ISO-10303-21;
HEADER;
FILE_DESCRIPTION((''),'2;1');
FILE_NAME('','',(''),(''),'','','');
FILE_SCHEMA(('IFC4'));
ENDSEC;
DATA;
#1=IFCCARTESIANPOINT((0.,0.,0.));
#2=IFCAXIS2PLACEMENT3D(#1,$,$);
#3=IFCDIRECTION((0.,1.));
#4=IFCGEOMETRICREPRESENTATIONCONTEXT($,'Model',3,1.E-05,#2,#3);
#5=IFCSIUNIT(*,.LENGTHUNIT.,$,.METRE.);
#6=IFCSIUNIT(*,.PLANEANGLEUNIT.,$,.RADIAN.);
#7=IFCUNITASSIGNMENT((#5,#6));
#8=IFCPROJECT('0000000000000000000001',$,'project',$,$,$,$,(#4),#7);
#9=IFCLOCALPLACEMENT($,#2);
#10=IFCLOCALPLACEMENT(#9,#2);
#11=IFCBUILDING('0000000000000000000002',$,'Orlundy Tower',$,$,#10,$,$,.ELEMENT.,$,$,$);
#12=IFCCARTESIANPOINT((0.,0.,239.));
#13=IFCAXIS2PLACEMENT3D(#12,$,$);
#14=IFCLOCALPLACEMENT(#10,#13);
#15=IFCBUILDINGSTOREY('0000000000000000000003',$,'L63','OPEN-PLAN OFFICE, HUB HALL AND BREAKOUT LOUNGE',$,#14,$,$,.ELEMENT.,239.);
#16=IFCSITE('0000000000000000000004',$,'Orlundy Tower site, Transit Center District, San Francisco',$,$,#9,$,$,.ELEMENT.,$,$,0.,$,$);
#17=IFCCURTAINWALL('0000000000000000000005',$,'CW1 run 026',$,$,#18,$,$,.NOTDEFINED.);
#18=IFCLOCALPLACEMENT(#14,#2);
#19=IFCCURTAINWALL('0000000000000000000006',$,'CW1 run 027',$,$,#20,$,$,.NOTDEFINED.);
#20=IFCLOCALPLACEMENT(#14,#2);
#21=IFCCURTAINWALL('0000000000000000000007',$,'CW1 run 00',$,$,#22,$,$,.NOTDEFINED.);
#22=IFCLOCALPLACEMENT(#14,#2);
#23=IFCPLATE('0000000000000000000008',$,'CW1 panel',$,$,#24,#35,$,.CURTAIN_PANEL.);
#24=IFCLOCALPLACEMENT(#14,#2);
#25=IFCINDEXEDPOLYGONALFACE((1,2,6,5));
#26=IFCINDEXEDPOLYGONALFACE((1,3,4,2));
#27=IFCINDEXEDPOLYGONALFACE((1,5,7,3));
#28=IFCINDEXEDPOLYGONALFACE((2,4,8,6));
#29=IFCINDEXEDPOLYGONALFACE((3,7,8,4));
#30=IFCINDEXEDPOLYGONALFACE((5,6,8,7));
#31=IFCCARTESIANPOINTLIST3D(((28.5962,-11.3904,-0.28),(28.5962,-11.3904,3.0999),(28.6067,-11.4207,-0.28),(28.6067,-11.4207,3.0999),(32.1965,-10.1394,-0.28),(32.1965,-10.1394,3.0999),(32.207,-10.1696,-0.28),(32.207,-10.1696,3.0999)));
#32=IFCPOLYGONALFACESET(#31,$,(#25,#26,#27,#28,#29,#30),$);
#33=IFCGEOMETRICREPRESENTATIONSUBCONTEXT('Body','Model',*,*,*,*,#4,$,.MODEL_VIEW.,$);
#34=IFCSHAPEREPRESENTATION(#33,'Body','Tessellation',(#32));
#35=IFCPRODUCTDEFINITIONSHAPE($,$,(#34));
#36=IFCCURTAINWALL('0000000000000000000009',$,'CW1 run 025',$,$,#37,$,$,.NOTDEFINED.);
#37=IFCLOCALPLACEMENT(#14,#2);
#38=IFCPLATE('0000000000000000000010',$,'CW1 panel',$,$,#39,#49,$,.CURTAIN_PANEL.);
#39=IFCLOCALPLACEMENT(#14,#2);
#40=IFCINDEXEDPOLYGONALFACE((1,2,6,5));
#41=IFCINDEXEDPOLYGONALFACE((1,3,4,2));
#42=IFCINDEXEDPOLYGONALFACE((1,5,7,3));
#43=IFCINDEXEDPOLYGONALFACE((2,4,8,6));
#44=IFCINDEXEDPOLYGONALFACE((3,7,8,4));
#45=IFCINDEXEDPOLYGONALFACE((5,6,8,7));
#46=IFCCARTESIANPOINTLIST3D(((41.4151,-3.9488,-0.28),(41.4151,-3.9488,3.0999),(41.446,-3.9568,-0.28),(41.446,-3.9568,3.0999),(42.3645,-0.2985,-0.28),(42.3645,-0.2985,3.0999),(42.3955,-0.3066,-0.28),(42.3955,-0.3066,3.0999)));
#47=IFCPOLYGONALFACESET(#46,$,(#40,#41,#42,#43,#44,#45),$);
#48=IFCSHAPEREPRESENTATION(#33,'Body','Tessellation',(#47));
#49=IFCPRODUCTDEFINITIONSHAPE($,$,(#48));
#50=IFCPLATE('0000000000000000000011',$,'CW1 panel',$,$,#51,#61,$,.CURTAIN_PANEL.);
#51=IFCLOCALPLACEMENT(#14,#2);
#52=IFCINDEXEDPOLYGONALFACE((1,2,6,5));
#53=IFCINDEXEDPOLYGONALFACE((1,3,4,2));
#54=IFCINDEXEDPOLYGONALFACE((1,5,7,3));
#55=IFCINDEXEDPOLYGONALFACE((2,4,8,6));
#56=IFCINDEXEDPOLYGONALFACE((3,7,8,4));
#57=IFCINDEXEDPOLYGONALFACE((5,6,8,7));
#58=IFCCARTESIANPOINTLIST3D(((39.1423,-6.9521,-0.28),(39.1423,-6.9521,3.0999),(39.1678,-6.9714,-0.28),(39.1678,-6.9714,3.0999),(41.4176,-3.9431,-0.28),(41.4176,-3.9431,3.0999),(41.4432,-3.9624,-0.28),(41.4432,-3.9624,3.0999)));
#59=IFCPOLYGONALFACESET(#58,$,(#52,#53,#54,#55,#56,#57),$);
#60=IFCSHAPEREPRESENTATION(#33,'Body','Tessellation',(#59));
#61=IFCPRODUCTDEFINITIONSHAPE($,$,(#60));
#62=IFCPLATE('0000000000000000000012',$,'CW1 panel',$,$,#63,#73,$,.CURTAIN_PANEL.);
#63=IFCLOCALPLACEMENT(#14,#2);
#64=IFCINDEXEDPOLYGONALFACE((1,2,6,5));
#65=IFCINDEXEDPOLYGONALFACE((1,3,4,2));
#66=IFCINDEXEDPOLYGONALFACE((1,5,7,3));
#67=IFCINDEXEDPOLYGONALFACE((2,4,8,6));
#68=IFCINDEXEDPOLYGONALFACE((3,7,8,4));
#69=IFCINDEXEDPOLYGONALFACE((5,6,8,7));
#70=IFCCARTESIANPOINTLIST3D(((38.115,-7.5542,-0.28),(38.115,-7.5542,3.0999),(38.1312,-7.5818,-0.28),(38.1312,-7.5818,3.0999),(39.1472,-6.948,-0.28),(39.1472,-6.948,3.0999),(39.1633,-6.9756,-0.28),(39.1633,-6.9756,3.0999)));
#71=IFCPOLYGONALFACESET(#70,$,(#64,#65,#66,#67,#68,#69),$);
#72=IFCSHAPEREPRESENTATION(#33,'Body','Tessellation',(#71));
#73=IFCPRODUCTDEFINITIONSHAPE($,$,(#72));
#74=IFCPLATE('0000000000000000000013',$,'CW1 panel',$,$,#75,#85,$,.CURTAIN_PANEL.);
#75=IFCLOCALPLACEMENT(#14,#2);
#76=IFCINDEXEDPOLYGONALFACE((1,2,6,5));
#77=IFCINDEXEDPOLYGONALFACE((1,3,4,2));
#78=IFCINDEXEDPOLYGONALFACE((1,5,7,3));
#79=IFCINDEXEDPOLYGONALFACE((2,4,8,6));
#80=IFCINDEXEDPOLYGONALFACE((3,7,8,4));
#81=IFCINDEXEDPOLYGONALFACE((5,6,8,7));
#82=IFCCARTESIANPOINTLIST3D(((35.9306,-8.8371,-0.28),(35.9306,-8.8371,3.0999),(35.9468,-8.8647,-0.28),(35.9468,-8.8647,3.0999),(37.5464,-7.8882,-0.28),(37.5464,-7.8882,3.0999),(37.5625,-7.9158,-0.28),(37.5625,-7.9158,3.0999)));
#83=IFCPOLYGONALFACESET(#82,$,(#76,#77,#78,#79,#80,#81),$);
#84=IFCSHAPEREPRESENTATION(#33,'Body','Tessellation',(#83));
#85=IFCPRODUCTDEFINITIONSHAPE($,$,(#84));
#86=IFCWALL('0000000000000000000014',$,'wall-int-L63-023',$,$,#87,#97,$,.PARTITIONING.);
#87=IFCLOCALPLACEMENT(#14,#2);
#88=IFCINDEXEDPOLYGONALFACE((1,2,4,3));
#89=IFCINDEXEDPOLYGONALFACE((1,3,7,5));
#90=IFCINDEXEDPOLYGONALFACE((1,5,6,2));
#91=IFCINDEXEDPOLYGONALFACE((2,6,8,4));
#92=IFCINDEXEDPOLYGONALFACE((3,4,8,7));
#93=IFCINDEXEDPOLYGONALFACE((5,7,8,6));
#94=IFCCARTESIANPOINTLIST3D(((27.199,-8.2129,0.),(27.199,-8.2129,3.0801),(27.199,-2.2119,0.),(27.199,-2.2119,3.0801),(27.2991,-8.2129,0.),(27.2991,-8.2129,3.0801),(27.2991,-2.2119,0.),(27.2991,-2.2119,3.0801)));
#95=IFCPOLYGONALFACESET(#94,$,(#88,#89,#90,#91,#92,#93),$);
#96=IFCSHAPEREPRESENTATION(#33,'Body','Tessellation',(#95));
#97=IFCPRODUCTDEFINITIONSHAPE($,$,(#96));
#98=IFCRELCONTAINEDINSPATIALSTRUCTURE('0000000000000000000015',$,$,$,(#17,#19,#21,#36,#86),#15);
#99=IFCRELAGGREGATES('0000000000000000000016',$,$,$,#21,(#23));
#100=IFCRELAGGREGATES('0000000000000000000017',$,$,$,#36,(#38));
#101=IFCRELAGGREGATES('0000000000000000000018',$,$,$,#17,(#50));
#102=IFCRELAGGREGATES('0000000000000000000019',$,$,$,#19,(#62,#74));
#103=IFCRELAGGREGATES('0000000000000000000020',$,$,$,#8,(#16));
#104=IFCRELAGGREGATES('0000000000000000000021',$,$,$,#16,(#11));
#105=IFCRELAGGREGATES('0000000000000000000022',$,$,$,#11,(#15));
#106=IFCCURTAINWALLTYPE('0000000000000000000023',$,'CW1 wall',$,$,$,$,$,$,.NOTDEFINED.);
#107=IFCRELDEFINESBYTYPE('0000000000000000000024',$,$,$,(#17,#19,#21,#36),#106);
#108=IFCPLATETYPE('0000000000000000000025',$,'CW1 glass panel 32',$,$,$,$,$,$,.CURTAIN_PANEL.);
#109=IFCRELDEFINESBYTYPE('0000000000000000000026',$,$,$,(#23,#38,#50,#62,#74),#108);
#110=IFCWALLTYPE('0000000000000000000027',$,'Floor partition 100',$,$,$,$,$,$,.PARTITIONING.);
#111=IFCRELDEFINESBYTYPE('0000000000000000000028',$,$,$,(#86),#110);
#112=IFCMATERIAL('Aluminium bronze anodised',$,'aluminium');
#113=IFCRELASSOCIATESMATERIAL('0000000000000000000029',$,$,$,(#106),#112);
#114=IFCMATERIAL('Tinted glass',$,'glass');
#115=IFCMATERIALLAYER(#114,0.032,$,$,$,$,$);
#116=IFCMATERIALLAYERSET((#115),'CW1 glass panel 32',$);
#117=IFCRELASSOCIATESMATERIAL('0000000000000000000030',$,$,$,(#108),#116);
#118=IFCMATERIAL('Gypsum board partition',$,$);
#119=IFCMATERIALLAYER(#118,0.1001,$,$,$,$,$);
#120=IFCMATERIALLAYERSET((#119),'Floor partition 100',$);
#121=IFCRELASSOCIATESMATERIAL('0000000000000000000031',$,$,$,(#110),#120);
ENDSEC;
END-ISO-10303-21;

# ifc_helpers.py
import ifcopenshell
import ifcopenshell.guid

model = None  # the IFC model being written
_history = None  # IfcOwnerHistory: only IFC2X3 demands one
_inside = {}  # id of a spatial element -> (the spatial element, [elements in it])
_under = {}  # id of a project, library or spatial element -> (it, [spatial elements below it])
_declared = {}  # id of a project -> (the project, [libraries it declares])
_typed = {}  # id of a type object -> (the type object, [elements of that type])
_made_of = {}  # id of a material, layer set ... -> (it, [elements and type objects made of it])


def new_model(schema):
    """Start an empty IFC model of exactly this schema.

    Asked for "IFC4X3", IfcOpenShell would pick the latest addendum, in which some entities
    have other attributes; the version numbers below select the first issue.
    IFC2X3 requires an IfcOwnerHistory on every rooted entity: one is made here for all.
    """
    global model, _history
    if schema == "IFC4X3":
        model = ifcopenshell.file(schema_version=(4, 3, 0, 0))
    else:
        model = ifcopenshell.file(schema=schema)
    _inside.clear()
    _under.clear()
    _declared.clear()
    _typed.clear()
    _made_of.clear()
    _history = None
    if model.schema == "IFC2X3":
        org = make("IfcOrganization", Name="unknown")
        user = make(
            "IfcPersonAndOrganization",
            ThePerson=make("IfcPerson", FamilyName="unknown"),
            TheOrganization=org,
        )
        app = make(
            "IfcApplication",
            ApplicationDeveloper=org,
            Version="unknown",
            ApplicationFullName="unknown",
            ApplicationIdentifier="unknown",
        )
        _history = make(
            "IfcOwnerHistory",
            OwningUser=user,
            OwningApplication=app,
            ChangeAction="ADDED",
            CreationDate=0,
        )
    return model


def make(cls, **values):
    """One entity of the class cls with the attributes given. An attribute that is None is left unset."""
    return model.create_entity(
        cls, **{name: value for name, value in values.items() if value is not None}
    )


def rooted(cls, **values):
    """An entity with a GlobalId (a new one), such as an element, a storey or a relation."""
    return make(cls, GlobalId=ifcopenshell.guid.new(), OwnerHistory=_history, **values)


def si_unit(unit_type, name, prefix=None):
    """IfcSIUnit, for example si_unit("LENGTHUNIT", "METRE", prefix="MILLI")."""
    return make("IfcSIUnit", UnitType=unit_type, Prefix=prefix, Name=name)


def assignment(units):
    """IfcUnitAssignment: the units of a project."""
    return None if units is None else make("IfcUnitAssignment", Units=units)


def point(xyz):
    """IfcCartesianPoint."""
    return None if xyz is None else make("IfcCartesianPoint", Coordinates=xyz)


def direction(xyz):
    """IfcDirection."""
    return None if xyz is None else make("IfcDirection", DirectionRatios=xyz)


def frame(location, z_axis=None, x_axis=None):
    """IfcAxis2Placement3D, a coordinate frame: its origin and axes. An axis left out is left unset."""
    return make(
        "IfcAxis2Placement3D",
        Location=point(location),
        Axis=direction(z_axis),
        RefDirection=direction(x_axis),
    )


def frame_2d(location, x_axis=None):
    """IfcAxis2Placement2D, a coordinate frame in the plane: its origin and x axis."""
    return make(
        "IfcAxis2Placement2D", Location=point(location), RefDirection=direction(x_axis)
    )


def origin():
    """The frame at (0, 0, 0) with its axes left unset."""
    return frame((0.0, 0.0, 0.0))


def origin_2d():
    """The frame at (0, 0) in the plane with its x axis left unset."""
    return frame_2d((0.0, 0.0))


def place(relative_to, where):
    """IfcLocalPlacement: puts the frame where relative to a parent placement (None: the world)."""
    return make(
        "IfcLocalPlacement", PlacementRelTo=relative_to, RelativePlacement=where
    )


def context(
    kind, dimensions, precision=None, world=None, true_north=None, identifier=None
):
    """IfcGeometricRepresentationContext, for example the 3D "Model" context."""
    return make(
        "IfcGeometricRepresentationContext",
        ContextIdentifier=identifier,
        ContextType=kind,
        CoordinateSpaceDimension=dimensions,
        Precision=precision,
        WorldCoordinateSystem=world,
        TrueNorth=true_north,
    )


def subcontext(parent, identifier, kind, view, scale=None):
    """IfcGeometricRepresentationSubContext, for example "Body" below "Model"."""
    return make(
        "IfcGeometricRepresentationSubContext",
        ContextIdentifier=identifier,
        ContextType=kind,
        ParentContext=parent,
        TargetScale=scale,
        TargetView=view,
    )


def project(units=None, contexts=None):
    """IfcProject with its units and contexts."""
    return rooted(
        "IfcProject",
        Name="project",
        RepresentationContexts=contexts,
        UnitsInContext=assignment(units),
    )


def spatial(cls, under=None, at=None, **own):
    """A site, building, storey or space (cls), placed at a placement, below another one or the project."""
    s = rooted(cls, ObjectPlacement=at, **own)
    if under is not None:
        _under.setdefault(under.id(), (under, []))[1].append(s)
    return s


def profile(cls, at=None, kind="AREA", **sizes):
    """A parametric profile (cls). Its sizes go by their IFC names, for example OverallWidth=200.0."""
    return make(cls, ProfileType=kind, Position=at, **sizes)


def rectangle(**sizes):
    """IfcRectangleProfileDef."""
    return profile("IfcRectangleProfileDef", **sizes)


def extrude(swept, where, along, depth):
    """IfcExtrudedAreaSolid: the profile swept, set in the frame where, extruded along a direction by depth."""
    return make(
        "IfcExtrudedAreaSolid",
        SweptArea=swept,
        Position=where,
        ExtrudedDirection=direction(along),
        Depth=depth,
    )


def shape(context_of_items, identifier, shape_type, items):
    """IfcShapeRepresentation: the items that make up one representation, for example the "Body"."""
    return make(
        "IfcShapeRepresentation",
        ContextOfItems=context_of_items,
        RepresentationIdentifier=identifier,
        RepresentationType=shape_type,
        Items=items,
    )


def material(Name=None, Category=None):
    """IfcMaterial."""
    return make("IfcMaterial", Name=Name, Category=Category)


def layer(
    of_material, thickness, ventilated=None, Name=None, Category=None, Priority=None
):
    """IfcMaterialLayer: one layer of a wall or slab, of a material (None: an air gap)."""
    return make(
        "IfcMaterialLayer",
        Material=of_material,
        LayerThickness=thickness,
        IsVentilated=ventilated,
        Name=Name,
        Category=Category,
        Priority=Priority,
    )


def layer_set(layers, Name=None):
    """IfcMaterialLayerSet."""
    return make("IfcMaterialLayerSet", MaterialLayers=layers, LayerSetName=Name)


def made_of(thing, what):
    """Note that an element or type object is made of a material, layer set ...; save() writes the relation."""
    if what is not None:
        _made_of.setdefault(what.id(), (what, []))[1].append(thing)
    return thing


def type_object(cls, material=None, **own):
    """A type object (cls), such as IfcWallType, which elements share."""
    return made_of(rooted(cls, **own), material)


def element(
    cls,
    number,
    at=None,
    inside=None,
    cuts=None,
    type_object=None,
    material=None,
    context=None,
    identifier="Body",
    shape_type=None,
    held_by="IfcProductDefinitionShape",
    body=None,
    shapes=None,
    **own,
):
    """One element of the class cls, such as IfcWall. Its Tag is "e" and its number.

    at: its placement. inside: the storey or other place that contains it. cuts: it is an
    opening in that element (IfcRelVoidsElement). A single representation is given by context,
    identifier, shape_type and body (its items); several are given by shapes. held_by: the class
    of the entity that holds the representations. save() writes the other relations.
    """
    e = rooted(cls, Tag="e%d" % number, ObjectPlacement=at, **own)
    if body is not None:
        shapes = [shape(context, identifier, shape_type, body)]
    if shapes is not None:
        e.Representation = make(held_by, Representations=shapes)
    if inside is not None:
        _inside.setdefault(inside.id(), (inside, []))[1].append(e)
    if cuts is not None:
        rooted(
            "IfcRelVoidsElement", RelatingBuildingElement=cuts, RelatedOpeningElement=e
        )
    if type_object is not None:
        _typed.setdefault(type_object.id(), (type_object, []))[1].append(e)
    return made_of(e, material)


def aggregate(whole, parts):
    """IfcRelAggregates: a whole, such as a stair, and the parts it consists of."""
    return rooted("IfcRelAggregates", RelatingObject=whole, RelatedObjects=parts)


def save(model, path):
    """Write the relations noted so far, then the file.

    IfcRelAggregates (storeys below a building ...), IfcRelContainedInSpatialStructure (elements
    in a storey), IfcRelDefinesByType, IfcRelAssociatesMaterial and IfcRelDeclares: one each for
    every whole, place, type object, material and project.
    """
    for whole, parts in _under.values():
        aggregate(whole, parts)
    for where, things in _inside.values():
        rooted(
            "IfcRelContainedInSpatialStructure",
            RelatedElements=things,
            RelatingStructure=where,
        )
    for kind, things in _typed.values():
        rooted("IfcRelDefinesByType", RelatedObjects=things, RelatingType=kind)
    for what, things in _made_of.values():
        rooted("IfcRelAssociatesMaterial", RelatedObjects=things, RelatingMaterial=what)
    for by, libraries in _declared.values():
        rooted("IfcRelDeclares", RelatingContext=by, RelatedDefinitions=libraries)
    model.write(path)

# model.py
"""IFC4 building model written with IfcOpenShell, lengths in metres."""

from ifc_helpers import new_model, si_unit, direction, frame, frame_2d, origin, origin_2d, place, context, subcontext, project, spatial, rectangle, extrude, material, layer, layer_set, type_object, element, aggregate, save


model = new_model("IFC4")

# Units and contexts
model_context = context("Model", 3, precision=1e-05, world=origin(), true_north=direction((0.0, 1.0)))
body_context = subcontext(model_context, "Body", "Model", "MODEL_VIEW")
ifc_project = project(units=[si_unit("LENGTHUNIT", "METRE"), si_unit("PLANEANGLEUNIT", "RADIAN")], contexts=[model_context])

# Site, building, storey
site_placement = place(None, origin())
site = spatial("IfcSite", under=ifc_project, at=site_placement, Name="Orlundy Tower site, Transit Center District, San Francisco", CompositionType="ELEMENT", RefElevation=0.0)
building_placement = place(site_placement, origin())
building = spatial("IfcBuilding", under=site, at=building_placement, Name="Orlundy Tower", CompositionType="ELEMENT")
storey_placement = place(building_placement, frame((0.0, 0.0, 239.0)))
storey = spatial("IfcBuildingStorey", under=building, at=storey_placement, Name="L63", Description="OPEN-PLAN OFFICE, HUB HALL AND BREAKOUT LOUNGE", CompositionType="ELEMENT", Elevation=239.0)

# Curtain walls
ifc_material_1 = material(Name="Aluminium bronze anodised", Category="aluminium")
curtain_wall_type = type_object("IfcCurtainWallType", Name="CW1 wall", PredefinedType="NOTDEFINED", material=ifc_material_1)
curtain_wall_1_placement = place(storey_placement, origin())
curtain_wall_1 = element("IfcCurtainWall", 1, at=curtain_wall_1_placement, inside=storey, type_object=curtain_wall_type, Name="CW1 run 026", PredefinedType="NOTDEFINED")
curtain_wall_2_placement = place(storey_placement, origin())
curtain_wall_2 = element("IfcCurtainWall", 2, at=curtain_wall_2_placement, inside=storey, type_object=curtain_wall_type, Name="CW1 run 027", PredefinedType="NOTDEFINED")

# Curtain wall
curtain_wall_3_placement = place(storey_placement, origin())
curtain_wall_3 = element("IfcCurtainWall", 3, at=curtain_wall_3_placement, inside=storey, type_object=curtain_wall_type, Name="CW1 run 00", PredefinedType="NOTDEFINED")

# Plate
ifc_material_2 = material(Name="Tinted glass", Category="glass")
ifc_layer_1 = layer(ifc_material_2, 0.032)
ifc_layer_set_1 = layer_set([ifc_layer_1], Name="CW1 glass panel 32")
plate_type = type_object("IfcPlateType", Name="CW1 glass panel 32", PredefinedType="CURTAIN_PANEL", material=ifc_layer_set_1)
plate_1_placement = place(storey_placement, frame((30.4016, -10.78, -0.28), z_axis=(0.0, 0.0, 1.0), x_axis=(-0.944599, -0.328227, 0.0)))
plate_1 = element("IfcPlate", 4, at=plate_1_placement, type_object=plate_type, Name="CW1 panel", PredefinedType="CURTAIN_PANEL", context=body_context, shape_type="SweptSolid", body=[
    extrude(rectangle(XDim=3.8115, YDim=0.032, at=origin_2d()), origin(), (0.0, 0.0, 1.0), 3.3799),
])
aggregate(curtain_wall_3, [plate_1])

# Curtain wall, plate
curtain_wall_4_placement = place(storey_placement, origin())
curtain_wall_4 = element("IfcCurtainWall", 5, at=curtain_wall_4_placement, inside=storey, type_object=curtain_wall_type, Name="CW1 run 025", PredefinedType="NOTDEFINED")
plate_2_placement = place(storey_placement, frame((41.9053, -2.1277, -0.28), z_axis=(0.0, 0.0, 1.0), x_axis=(-0.25173, -0.967798, 0.0)))
plate_2 = element("IfcPlate", 6, at=plate_2_placement, type_object=plate_type, Name="CW1 panel", PredefinedType="CURTAIN_PANEL", context=body_context, shape_type="SweptSolid", body=[
    extrude(rectangle(XDim=3.7717, YDim=0.032, at=origin_2d()), origin(), (0.0, 0.0, 1.0), 3.3799),
])
aggregate(curtain_wall_4, [plate_2])

# Plates
plate_3_placement = place(storey_placement, frame((40.2927, -5.4573, -0.28), z_axis=(0.0, 0.0, 1.0), x_axis=(-0.603146, -0.797631, 0.0)))
plate_3 = element("IfcPlate", 7, at=plate_3_placement, type_object=plate_type, Name="CW1 panel", PredefinedType="CURTAIN_PANEL", context=body_context, shape_type="SweptSolid", body=[
    extrude(rectangle(XDim=3.7725, YDim=0.032, at=origin_2d()), origin(), (0.0, 0.0, 1.0), 3.3799),
])
aggregate(curtain_wall_1, [plate_3])
plate_4_placement = place(storey_placement, frame((38.6392, -7.2649, -0.28), z_axis=(0.0, 0.0, 1.0), x_axis=(-0.862288, -0.506419, 0.0)))
plate_4 = element("IfcPlate", 8, at=plate_4_placement, type_object=plate_type, Name="CW1 panel", PredefinedType="CURTAIN_PANEL", context=body_context, shape_type="SweptSolid", body=[
    extrude(rectangle(XDim=1.197, YDim=0.032, at=origin_2d()), origin(), (0.0, 0.0, 1.0), 3.3799),
])
plate_5_placement = place(storey_placement, frame((36.7466, -8.3765, -0.28), z_axis=(0.0, 0.0, 1.0), x_axis=(-0.862288, -0.506419, 0.0)))
plate_5 = element("IfcPlate", 9, at=plate_5_placement, type_object=plate_type, Name="CW1 panel", PredefinedType="CURTAIN_PANEL", context=body_context, shape_type="SweptSolid", body=[
    extrude(rectangle(XDim=1.8738, YDim=0.032, at=origin_2d()), origin(), (0.0, 0.0, 1.0), 3.3799),
])
aggregate(curtain_wall_2, [plate_4, plate_5])

# Wall
ifc_material_3 = material(Name="Gypsum board partition")
ifc_layer_2 = layer(ifc_material_3, 0.1001)
ifc_layer_set_2 = layer_set([ifc_layer_2], Name="Floor partition 100")
wall_type = type_object("IfcWallType", Name="Floor partition 100", PredefinedType="PARTITIONING", material=ifc_layer_set_2)
wall_placement = place(storey_placement, frame((27.249, -8.2129, 0.0), z_axis=(0.0, 0.0, 1.0), x_axis=(0.0, 1.0, 0.0)))
element("IfcWall", 10, at=wall_placement, inside=storey, type_object=wall_type, Name="wall-int-L63-023", PredefinedType="PARTITIONING", context=body_context, shape_type="SweptSolid", body=[
    extrude(rectangle(XDim=6.001, YDim=0.1001, at=frame_2d((3.0005, 0.0))), origin(), (0.0, 0.0, 1.0), 3.0801),
])

save(model, "model.ifc")
